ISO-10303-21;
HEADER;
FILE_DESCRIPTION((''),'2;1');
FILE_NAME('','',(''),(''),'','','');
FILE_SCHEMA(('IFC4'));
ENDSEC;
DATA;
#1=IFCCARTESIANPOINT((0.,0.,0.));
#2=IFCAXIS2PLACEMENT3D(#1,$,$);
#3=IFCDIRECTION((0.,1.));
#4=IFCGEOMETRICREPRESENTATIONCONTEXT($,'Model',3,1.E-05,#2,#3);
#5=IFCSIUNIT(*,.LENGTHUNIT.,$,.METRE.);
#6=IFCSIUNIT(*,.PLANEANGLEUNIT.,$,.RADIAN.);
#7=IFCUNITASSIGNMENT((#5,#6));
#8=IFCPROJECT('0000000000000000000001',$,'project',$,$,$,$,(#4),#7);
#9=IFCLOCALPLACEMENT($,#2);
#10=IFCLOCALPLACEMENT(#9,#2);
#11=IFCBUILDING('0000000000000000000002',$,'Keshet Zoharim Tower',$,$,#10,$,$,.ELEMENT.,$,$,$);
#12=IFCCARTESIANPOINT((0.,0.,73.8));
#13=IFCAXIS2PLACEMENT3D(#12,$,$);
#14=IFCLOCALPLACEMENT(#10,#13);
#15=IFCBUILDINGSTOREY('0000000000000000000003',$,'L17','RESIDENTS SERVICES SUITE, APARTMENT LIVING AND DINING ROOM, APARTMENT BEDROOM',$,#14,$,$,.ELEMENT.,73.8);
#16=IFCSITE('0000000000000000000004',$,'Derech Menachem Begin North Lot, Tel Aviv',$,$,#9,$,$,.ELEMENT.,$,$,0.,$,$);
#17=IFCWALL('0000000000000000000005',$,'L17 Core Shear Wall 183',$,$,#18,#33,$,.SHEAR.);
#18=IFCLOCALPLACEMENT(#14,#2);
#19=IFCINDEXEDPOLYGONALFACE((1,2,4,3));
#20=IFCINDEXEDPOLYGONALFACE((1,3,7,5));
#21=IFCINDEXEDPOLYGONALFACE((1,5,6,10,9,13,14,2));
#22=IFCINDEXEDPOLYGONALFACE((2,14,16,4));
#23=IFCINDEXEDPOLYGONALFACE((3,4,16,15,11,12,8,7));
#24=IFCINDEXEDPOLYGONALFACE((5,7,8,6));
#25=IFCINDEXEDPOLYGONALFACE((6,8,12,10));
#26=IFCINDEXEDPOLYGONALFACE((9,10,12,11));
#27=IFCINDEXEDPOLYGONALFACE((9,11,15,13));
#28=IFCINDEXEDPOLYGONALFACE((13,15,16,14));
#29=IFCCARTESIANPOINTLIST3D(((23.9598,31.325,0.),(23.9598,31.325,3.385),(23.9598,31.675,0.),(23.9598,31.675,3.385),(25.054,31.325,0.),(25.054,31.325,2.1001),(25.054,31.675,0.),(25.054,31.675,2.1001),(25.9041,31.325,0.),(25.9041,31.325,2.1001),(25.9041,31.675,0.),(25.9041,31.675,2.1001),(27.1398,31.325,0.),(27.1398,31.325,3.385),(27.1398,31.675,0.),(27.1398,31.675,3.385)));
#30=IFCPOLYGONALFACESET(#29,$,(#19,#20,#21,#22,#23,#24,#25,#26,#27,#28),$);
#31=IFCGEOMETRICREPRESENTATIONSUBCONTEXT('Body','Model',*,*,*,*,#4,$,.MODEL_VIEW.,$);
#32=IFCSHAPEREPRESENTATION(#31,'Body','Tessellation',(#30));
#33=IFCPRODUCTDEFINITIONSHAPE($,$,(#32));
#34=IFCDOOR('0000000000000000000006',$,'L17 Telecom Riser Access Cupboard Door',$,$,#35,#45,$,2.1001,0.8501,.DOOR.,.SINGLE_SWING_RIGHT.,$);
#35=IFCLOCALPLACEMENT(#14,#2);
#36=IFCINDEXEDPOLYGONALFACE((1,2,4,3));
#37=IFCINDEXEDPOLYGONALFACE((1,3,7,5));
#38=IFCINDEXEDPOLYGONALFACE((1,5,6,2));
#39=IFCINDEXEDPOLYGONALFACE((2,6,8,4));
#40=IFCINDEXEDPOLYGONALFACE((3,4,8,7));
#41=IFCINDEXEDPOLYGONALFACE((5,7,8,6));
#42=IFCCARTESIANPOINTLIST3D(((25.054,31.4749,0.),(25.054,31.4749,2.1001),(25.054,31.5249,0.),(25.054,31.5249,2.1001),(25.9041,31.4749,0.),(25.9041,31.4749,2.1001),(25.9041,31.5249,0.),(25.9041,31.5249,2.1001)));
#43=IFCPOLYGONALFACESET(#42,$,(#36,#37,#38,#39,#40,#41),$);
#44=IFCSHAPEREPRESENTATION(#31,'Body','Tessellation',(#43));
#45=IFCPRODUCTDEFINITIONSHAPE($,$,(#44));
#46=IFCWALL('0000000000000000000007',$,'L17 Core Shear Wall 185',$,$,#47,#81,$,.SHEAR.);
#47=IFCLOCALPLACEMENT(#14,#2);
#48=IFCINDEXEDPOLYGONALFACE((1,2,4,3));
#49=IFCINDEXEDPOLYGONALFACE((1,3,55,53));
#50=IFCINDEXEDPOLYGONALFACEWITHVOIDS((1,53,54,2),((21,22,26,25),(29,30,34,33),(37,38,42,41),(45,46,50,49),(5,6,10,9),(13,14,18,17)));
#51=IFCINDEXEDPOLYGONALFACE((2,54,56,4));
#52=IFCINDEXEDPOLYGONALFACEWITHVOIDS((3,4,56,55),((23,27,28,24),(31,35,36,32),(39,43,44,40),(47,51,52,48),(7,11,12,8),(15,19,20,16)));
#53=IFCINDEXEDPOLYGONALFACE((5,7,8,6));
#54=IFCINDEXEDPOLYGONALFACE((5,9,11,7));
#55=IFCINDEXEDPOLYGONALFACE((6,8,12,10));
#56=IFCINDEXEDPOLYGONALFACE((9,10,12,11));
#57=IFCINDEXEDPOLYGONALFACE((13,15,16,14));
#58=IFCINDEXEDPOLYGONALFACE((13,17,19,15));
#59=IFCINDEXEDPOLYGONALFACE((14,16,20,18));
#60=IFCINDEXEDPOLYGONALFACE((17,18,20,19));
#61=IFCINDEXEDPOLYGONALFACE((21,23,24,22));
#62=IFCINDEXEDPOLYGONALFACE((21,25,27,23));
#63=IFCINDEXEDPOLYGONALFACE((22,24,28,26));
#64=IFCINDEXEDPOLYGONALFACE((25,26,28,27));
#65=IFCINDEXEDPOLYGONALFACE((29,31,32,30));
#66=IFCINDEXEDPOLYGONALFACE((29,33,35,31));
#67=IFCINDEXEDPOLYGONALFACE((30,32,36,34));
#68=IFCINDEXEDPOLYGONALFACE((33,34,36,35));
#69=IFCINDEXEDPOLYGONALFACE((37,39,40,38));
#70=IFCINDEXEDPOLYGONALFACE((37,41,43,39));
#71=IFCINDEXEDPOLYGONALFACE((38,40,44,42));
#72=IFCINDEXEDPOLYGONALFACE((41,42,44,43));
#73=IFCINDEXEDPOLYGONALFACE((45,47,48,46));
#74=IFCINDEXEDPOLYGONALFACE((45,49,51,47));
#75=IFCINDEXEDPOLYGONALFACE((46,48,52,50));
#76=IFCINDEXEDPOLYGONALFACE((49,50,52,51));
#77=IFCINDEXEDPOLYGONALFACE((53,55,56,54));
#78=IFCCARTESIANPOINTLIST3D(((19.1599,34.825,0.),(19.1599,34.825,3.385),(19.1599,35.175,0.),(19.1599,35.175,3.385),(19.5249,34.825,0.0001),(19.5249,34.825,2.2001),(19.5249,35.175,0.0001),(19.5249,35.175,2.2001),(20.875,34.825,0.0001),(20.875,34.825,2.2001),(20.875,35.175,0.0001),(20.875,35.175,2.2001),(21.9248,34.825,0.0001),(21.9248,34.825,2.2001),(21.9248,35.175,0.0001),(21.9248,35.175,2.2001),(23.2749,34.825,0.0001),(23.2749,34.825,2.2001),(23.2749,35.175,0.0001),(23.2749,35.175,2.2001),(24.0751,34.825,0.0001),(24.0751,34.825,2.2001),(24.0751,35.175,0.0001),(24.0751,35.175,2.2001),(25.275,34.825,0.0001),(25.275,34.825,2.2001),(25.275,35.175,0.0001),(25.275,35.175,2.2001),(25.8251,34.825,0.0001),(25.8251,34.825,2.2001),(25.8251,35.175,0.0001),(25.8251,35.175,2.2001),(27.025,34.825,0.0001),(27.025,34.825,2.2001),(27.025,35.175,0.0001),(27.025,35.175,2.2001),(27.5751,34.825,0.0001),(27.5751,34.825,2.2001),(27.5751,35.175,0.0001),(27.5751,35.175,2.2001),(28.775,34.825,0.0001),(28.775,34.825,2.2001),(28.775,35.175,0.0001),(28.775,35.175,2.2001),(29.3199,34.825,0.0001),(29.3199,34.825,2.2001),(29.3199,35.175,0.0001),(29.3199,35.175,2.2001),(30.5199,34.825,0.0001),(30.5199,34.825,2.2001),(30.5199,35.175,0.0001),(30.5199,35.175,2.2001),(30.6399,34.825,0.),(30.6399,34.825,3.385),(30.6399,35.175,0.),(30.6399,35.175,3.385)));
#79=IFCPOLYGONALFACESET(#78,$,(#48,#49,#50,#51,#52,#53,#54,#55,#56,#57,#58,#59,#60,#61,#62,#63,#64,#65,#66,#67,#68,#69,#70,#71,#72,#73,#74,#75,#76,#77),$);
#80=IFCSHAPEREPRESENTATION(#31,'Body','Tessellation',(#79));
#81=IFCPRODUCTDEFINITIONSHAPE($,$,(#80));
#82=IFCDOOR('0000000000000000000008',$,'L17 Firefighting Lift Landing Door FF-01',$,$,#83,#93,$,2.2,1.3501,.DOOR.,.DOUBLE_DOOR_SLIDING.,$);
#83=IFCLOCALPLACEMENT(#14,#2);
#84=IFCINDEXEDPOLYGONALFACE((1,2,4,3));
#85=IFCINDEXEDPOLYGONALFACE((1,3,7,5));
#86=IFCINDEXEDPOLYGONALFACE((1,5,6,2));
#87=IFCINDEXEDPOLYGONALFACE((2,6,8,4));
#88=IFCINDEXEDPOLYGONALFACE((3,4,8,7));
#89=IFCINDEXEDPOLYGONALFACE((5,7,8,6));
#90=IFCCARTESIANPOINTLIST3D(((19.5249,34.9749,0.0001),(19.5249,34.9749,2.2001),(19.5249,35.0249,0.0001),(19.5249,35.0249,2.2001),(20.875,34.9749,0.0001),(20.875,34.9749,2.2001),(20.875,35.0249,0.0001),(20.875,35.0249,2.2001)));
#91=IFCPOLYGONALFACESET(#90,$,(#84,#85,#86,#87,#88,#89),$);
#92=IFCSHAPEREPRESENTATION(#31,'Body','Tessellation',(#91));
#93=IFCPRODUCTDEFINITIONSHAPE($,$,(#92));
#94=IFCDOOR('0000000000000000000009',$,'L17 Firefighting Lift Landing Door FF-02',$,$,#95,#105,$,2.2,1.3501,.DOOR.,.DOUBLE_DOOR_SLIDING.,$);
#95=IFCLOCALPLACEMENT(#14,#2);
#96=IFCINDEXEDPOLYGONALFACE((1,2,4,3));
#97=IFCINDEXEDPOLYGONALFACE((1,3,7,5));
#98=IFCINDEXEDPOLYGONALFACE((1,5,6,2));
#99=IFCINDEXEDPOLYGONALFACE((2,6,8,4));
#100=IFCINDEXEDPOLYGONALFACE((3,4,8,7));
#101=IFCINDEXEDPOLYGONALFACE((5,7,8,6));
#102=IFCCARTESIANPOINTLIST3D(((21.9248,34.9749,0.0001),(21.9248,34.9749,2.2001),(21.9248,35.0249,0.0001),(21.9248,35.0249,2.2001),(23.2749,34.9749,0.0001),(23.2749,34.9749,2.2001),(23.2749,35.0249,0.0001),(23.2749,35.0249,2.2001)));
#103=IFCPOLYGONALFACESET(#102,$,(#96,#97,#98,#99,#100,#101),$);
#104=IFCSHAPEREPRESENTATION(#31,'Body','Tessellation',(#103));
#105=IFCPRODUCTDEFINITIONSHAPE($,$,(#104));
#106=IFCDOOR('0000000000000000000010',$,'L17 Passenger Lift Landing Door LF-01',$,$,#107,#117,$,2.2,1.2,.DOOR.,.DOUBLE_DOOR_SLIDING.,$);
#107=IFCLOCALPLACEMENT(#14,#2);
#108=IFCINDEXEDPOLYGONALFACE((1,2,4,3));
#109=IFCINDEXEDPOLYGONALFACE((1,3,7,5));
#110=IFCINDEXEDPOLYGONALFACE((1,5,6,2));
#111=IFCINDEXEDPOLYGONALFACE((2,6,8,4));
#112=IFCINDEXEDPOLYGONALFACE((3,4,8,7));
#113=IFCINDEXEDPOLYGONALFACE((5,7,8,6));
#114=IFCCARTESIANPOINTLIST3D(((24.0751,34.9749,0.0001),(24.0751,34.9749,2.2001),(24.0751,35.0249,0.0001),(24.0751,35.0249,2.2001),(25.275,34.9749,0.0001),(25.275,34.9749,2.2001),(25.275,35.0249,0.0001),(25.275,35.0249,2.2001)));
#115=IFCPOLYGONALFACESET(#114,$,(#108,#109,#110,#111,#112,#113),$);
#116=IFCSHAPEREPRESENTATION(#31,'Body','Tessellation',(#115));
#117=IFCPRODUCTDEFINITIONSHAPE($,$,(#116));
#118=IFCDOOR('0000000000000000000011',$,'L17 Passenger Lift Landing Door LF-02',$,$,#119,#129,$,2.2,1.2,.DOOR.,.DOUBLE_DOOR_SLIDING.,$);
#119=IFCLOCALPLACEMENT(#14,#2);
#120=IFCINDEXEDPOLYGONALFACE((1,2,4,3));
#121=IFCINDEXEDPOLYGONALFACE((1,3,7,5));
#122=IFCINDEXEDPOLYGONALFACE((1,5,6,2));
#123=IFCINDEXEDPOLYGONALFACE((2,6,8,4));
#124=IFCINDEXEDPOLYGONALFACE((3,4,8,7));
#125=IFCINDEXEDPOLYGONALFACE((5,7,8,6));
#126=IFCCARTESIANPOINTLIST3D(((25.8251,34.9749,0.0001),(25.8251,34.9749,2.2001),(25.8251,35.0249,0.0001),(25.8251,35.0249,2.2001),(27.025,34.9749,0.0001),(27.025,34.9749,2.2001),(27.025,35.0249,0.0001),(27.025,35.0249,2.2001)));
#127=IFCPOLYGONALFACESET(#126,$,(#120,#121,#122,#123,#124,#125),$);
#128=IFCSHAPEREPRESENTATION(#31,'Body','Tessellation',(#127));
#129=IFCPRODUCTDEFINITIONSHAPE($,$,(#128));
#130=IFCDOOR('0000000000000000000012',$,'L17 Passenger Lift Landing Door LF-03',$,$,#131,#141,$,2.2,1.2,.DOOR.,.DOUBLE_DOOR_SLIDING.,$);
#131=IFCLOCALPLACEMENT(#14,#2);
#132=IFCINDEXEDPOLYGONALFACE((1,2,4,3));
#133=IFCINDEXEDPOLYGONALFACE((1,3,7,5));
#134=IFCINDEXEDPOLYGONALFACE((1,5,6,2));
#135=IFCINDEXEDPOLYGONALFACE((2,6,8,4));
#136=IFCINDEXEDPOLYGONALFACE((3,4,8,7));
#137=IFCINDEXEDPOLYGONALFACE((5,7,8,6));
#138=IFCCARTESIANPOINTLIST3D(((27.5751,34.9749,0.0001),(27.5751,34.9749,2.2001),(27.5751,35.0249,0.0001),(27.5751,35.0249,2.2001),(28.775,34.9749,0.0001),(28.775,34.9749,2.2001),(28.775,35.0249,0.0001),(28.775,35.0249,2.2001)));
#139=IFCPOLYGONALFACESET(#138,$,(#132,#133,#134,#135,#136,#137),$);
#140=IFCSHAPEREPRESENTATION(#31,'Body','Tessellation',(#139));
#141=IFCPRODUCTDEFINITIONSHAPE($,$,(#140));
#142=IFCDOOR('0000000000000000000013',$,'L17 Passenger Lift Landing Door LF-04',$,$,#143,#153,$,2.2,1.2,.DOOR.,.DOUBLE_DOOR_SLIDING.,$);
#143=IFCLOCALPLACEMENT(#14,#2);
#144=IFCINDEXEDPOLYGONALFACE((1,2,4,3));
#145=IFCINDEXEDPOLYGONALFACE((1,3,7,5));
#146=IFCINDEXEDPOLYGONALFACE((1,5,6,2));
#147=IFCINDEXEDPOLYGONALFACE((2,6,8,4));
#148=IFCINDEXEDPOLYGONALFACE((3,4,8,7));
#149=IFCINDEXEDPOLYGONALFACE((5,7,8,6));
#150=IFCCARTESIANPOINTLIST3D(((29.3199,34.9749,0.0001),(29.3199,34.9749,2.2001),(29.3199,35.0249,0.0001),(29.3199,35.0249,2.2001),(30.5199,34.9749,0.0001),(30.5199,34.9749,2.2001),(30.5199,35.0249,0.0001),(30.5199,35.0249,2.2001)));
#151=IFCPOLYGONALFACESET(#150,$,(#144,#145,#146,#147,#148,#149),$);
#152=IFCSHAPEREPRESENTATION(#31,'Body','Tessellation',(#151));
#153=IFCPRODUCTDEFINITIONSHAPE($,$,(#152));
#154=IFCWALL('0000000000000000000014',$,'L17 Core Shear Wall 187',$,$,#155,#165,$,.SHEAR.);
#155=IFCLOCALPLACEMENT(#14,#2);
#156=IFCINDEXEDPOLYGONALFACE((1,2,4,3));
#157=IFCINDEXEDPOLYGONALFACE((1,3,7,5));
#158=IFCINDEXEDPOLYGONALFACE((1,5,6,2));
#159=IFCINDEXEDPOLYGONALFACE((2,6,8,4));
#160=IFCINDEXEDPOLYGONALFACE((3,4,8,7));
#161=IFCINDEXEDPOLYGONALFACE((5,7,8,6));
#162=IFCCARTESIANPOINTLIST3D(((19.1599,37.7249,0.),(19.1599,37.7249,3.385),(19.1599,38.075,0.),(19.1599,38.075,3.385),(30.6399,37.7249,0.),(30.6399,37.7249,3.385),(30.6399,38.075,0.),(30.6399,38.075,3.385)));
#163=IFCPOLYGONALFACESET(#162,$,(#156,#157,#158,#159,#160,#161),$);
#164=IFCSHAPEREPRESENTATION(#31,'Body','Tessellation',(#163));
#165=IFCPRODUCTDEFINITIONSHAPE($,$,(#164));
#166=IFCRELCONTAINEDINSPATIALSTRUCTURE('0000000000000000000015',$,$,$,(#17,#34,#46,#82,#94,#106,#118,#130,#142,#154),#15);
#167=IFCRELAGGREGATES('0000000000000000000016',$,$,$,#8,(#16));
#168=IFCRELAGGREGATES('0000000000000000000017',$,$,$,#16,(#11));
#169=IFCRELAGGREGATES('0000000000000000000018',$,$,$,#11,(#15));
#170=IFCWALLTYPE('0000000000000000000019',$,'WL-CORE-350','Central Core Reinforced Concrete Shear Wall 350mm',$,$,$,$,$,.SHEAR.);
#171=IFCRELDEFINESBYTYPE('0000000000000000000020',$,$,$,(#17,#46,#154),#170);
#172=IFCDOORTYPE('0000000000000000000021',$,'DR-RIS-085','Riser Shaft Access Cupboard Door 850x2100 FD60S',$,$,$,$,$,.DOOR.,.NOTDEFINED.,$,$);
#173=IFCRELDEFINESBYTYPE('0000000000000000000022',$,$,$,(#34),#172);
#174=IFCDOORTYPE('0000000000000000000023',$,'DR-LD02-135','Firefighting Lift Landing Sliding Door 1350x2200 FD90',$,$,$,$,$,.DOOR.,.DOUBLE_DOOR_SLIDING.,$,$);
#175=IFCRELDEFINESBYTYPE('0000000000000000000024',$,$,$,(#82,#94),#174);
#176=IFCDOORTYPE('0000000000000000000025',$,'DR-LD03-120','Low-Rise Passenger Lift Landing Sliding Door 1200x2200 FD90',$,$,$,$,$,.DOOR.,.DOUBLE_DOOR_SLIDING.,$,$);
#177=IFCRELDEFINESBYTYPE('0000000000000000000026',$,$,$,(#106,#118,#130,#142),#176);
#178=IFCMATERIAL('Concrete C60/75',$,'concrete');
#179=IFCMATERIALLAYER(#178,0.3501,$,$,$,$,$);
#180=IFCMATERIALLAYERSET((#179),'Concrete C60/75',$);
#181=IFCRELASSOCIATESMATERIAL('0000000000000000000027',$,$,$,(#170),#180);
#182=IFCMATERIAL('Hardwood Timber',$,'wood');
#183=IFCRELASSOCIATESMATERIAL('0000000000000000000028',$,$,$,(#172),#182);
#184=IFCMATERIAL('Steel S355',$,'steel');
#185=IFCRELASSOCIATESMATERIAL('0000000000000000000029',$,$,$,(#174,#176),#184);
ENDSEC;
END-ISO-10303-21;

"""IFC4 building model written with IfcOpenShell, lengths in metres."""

from ifc_helpers import new_model, si_unit, direction, frame, frame_2d, origin, place, context, subcontext, project, spatial, rectangle, extrude, material, layer, layer_set, type_object, element, fill, save


model = new_model("IFC4")

# Units and contexts
model_context = context("Model", 3, precision=1e-05, world=origin(), true_north=direction((0.0, 1.0)))
body_context = subcontext(model_context, "Body", "Model", "MODEL_VIEW")
ifc_project = project(units=[si_unit("LENGTHUNIT", "METRE"), si_unit("PLANEANGLEUNIT", "RADIAN")], contexts=[model_context])

# Site, building, storey
site_placement = place(None, origin())
site = spatial("IfcSite", under=ifc_project, at=site_placement, Name="Derech Menachem Begin North Lot, Tel Aviv", CompositionType="ELEMENT", RefElevation=0.0)
building_placement = place(site_placement, origin())
building = spatial("IfcBuilding", under=site, at=building_placement, Name="Keshet Zoharim Tower", CompositionType="ELEMENT")
storey_placement = place(building_placement, frame((0.0, 0.0, 73.8)))
storey = spatial("IfcBuildingStorey", under=building, at=storey_placement, Name="L17", Description="RESIDENTS SERVICES SUITE, APARTMENT LIVING AND DINING ROOM, APARTMENT BEDROOM", CompositionType="ELEMENT", Elevation=73.8)

# Shared definitions
ifc_material_1 = material(Name="Steel S355", Category="steel")

# Shared definitions
ifc_material_2 = material(Name="Concrete C60/75", Category="concrete")
ifc_layer_1 = layer(ifc_material_2, 0.3501)
ifc_layer_set_1 = layer_set([ifc_layer_1], Name="Concrete C60/75")
wall_type_1 = type_object("IfcWallType", Name="WL-CORE-350", Description="Central Core Reinforced Concrete Shear Wall 350mm", PredefinedType="SHEAR", material=ifc_layer_set_1)

# Shared definitions
ifc_material_3 = material(Name="Hardwood Timber", Category="wood")

# Wall, opening, door
wall_1_placement = place(storey_placement, frame((23.96, 31.5, 0.0), z_axis=(0.0, 0.0, 1.0), x_axis=(1.0, 0.0, 0.0)))
wall_1 = element("IfcWall", 1, at=wall_1_placement, inside=storey, type_object=wall_type_1, Name="L17 Core Shear Wall 183", PredefinedType="SHEAR", context=body_context, shape_type="SweptSolid", body=[
    extrude(rectangle(XDim=3.1799, YDim=0.3501, at=frame_2d((1.5898, 0.0))), origin(), (0.0, 0.0, 1.0), 3.385),
])
opening_1_placement = place(wall_1_placement, frame((1.094, 0.0, 0.0)))
opening_1 = element("IfcOpeningElement", 2, at=opening_1_placement, cuts=wall_1, PredefinedType="OPENING", context=body_context, shape_type="SweptSolid", body=[
    extrude(rectangle(XDim=0.8501, YDim=2.1001, at=frame_2d((0.425, 1.05))), frame((0.0, 0.1851, 0.0), z_axis=(0.0, -1.0, 0.0), x_axis=(1.0, 0.0, 0.0)), (0.0, 0.0, 1.0), 0.3701),
])
door_type_1 = type_object("IfcDoorType", Name="DR-RIS-085", Description="Riser Shaft Access Cupboard Door 850x2100 FD60S", OperationType="NOTDEFINED", PredefinedType="DOOR", material=ifc_material_3)
door_1_placement = place(opening_1_placement, origin())
door_1 = element("IfcDoor", 3, at=door_1_placement, inside=storey, type_object=door_type_1, Name="L17 Telecom Riser Access Cupboard Door", OperationType="SINGLE_SWING_RIGHT", OverallHeight=2.1001, OverallWidth=0.8501, PredefinedType="DOOR", context=body_context, shape_type="SweptSolid", body=[
    extrude(rectangle(XDim=0.8501, YDim=2.1001, at=frame_2d((0.425, 1.05))), frame((0.0, 0.0249, 0.0), z_axis=(0.0, -1.0, 0.0), x_axis=(1.0, 0.0, 0.0)), (0.0, 0.0, 1.0), 0.05),
])
fill(opening_1, door_1)

# Wall, openings, doors
wall_2_placement = place(storey_placement, frame((19.1599, 35.0, 0.0), z_axis=(0.0, 0.0, 1.0), x_axis=(1.0, 0.0, 0.0)))
wall_2 = element("IfcWall", 4, at=wall_2_placement, inside=storey, type_object=wall_type_1, Name="L17 Core Shear Wall 185", PredefinedType="SHEAR", context=body_context, shape_type="SweptSolid", body=[
    extrude(rectangle(XDim=11.48, YDim=0.3501, at=frame_2d((5.74, 0.0))), origin(), (0.0, 0.0, 1.0), 3.385),
])
opening_2_placement = place(wall_2_placement, frame((0.365, 0.0, 0.0)))
opening_2 = element("IfcOpeningElement", 5, at=opening_2_placement, cuts=wall_2, PredefinedType="OPENING", context=body_context, shape_type="SweptSolid", body=[
    extrude(rectangle(XDim=1.3501, YDim=2.2, at=frame_2d((0.675, 1.1001))), frame((0.0, 0.1851, 0.0), z_axis=(0.0, -1.0, 0.0), x_axis=(1.0, 0.0, 0.0)), (0.0, 0.0, 1.0), 0.3701),
])
opening_3_placement = place(wall_2_placement, frame((2.7649, 0.0, 0.0)))
opening_3 = element("IfcOpeningElement", 6, at=opening_3_placement, cuts=wall_2, PredefinedType="OPENING", context=body_context, shape_type="SweptSolid", body=[
    extrude(rectangle(XDim=1.3501, YDim=2.2, at=frame_2d((0.675, 1.1001))), frame((0.0, 0.1851, 0.0), z_axis=(0.0, -1.0, 0.0), x_axis=(1.0, 0.0, 0.0)), (0.0, 0.0, 1.0), 0.3701),
])
opening_4_placement = place(wall_2_placement, frame((4.915, 0.0, 0.0)))
opening_4 = element("IfcOpeningElement", 7, at=opening_4_placement, cuts=wall_2, PredefinedType="OPENING", context=body_context, shape_type="SweptSolid", body=[
    extrude(rectangle(XDim=1.2, YDim=2.2, at=frame_2d((0.6001, 1.1001))), frame((0.0, 0.1851, 0.0), z_axis=(0.0, -1.0, 0.0), x_axis=(1.0, 0.0, 0.0)), (0.0, 0.0, 1.0), 0.3701),
])
opening_5_placement = place(wall_2_placement, frame((6.665, 0.0, 0.0)))
opening_5 = element("IfcOpeningElement", 8, at=opening_5_placement, cuts=wall_2, PredefinedType="OPENING", context=body_context, shape_type="SweptSolid", body=[
    extrude(rectangle(XDim=1.2, YDim=2.2, at=frame_2d((0.6001, 1.1001))), frame((0.0, 0.1851, 0.0), z_axis=(0.0, -1.0, 0.0), x_axis=(1.0, 0.0, 0.0)), (0.0, 0.0, 1.0), 0.3701),
])
opening_6_placement = place(wall_2_placement, frame((8.415, 0.0, 0.0)))
opening_6 = element("IfcOpeningElement", 9, at=opening_6_placement, cuts=wall_2, PredefinedType="OPENING", context=body_context, shape_type="SweptSolid", body=[
    extrude(rectangle(XDim=1.2, YDim=2.2, at=frame_2d((0.6001, 1.1001))), frame((0.0, 0.1851, 0.0), z_axis=(0.0, -1.0, 0.0), x_axis=(1.0, 0.0, 0.0)), (0.0, 0.0, 1.0), 0.3701),
])
opening_7_placement = place(wall_2_placement, frame((10.1599, 0.0, 0.0)))
opening_7 = element("IfcOpeningElement", 10, at=opening_7_placement, cuts=wall_2, PredefinedType="OPENING", context=body_context, shape_type="SweptSolid", body=[
    extrude(rectangle(XDim=1.2, YDim=2.2, at=frame_2d((0.6001, 1.1001))), frame((0.0, 0.1851, 0.0), z_axis=(0.0, -1.0, 0.0), x_axis=(1.0, 0.0, 0.0)), (0.0, 0.0, 1.0), 0.3701),
])
door_type_2 = type_object("IfcDoorType", Name="DR-LD02-135", Description="Firefighting Lift Landing Sliding Door 1350x2200 FD90", OperationType="DOUBLE_DOOR_SLIDING", PredefinedType="DOOR", material=ifc_material_1)
door_2_placement = place(opening_2_placement, origin())
door_2 = element("IfcDoor", 11, at=door_2_placement, inside=storey, type_object=door_type_2, Name="L17 Firefighting Lift Landing Door FF-01", OperationType="DOUBLE_DOOR_SLIDING", OverallHeight=2.2, OverallWidth=1.3501, PredefinedType="DOOR", context=body_context, shape_type="SweptSolid", body=[
    extrude(rectangle(XDim=1.3501, YDim=2.2, at=frame_2d((0.675, 1.1001))), frame((0.0, 0.0249, 0.0), z_axis=(0.0, -1.0, 0.0), x_axis=(1.0, 0.0, 0.0)), (0.0, 0.0, 1.0), 0.05),
])
fill(opening_2, door_2)
door_3_placement = place(opening_3_placement, origin())
door_3 = element("IfcDoor", 12, at=door_3_placement, inside=storey, type_object=door_type_2, Name="L17 Firefighting Lift Landing Door FF-02", OperationType="DOUBLE_DOOR_SLIDING", OverallHeight=2.2, OverallWidth=1.3501, PredefinedType="DOOR", context=body_context, shape_type="SweptSolid", body=[
    extrude(rectangle(XDim=1.3501, YDim=2.2, at=frame_2d((0.675, 1.1001))), frame((0.0, 0.0249, 0.0), z_axis=(0.0, -1.0, 0.0), x_axis=(1.0, 0.0, 0.0)), (0.0, 0.0, 1.0), 0.05),
])
fill(opening_3, door_3)
door_type_3 = type_object("IfcDoorType", Name="DR-LD03-120", Description="Low-Rise Passenger Lift Landing Sliding Door 1200x2200 FD90", OperationType="DOUBLE_DOOR_SLIDING", PredefinedType="DOOR", material=ifc_material_1)
door_4_placement = place(opening_4_placement, origin())
door_4 = element("IfcDoor", 13, at=door_4_placement, inside=storey, type_object=door_type_3, Name="L17 Passenger Lift Landing Door LF-01", OperationType="DOUBLE_DOOR_SLIDING", OverallHeight=2.2, OverallWidth=1.2, PredefinedType="DOOR", context=body_context, shape_type="SweptSolid", body=[
    extrude(rectangle(XDim=1.2, YDim=2.2, at=frame_2d((0.6001, 1.1001))), frame((0.0, 0.0249, 0.0), z_axis=(0.0, -1.0, 0.0), x_axis=(1.0, 0.0, 0.0)), (0.0, 0.0, 1.0), 0.05),
])
fill(opening_4, door_4)
door_5_placement = place(opening_5_placement, origin())
door_5 = element("IfcDoor", 14, at=door_5_placement, inside=storey, type_object=door_type_3, Name="L17 Passenger Lift Landing Door LF-02", OperationType="DOUBLE_DOOR_SLIDING", OverallHeight=2.2, OverallWidth=1.2, PredefinedType="DOOR", context=body_context, shape_type="SweptSolid", body=[
    extrude(rectangle(XDim=1.2, YDim=2.2, at=frame_2d((0.6001, 1.1001))), frame((0.0, 0.0249, 0.0), z_axis=(0.0, -1.0, 0.0), x_axis=(1.0, 0.0, 0.0)), (0.0, 0.0, 1.0), 0.05),
])
fill(opening_5, door_5)
door_6_placement = place(opening_6_placement, origin())
door_6 = element("IfcDoor", 15, at=door_6_placement, inside=storey, type_object=door_type_3, Name="L17 Passenger Lift Landing Door LF-03", OperationType="DOUBLE_DOOR_SLIDING", OverallHeight=2.2, OverallWidth=1.2, PredefinedType="DOOR", context=body_context, shape_type="SweptSolid", body=[
    extrude(rectangle(XDim=1.2, YDim=2.2, at=frame_2d((0.6001, 1.1001))), frame((0.0, 0.0249, 0.0), z_axis=(0.0, -1.0, 0.0), x_axis=(1.0, 0.0, 0.0)), (0.0, 0.0, 1.0), 0.05),
])
fill(opening_6, door_6)
door_7_placement = place(opening_7_placement, origin())
door_7 = element("IfcDoor", 16, at=door_7_placement, inside=storey, type_object=door_type_3, Name="L17 Passenger Lift Landing Door LF-04", OperationType="DOUBLE_DOOR_SLIDING", OverallHeight=2.2, OverallWidth=1.2, PredefinedType="DOOR", context=body_context, shape_type="SweptSolid", body=[
    extrude(rectangle(XDim=1.2, YDim=2.2, at=frame_2d((0.6001, 1.1001))), frame((0.0, 0.0249, 0.0), z_axis=(0.0, -1.0, 0.0), x_axis=(1.0, 0.0, 0.0)), (0.0, 0.0, 1.0), 0.05),
])
fill(opening_7, door_7)

# Wall
wall_3_placement = place(storey_placement, frame((19.1599, 37.8999, 0.0), z_axis=(0.0, 0.0, 1.0), x_axis=(1.0, 0.0, 0.0)))
element("IfcWall", 17, at=wall_3_placement, inside=storey, type_object=wall_type_1, Name="L17 Core Shear Wall 187", PredefinedType="SHEAR", context=body_context, shape_type="SweptSolid", body=[
    extrude(rectangle(XDim=11.48, YDim=0.3501, at=frame_2d((5.74, 0.0))), origin(), (0.0, 0.0, 1.0), 3.385),
])

save(model, "model.ifc")
